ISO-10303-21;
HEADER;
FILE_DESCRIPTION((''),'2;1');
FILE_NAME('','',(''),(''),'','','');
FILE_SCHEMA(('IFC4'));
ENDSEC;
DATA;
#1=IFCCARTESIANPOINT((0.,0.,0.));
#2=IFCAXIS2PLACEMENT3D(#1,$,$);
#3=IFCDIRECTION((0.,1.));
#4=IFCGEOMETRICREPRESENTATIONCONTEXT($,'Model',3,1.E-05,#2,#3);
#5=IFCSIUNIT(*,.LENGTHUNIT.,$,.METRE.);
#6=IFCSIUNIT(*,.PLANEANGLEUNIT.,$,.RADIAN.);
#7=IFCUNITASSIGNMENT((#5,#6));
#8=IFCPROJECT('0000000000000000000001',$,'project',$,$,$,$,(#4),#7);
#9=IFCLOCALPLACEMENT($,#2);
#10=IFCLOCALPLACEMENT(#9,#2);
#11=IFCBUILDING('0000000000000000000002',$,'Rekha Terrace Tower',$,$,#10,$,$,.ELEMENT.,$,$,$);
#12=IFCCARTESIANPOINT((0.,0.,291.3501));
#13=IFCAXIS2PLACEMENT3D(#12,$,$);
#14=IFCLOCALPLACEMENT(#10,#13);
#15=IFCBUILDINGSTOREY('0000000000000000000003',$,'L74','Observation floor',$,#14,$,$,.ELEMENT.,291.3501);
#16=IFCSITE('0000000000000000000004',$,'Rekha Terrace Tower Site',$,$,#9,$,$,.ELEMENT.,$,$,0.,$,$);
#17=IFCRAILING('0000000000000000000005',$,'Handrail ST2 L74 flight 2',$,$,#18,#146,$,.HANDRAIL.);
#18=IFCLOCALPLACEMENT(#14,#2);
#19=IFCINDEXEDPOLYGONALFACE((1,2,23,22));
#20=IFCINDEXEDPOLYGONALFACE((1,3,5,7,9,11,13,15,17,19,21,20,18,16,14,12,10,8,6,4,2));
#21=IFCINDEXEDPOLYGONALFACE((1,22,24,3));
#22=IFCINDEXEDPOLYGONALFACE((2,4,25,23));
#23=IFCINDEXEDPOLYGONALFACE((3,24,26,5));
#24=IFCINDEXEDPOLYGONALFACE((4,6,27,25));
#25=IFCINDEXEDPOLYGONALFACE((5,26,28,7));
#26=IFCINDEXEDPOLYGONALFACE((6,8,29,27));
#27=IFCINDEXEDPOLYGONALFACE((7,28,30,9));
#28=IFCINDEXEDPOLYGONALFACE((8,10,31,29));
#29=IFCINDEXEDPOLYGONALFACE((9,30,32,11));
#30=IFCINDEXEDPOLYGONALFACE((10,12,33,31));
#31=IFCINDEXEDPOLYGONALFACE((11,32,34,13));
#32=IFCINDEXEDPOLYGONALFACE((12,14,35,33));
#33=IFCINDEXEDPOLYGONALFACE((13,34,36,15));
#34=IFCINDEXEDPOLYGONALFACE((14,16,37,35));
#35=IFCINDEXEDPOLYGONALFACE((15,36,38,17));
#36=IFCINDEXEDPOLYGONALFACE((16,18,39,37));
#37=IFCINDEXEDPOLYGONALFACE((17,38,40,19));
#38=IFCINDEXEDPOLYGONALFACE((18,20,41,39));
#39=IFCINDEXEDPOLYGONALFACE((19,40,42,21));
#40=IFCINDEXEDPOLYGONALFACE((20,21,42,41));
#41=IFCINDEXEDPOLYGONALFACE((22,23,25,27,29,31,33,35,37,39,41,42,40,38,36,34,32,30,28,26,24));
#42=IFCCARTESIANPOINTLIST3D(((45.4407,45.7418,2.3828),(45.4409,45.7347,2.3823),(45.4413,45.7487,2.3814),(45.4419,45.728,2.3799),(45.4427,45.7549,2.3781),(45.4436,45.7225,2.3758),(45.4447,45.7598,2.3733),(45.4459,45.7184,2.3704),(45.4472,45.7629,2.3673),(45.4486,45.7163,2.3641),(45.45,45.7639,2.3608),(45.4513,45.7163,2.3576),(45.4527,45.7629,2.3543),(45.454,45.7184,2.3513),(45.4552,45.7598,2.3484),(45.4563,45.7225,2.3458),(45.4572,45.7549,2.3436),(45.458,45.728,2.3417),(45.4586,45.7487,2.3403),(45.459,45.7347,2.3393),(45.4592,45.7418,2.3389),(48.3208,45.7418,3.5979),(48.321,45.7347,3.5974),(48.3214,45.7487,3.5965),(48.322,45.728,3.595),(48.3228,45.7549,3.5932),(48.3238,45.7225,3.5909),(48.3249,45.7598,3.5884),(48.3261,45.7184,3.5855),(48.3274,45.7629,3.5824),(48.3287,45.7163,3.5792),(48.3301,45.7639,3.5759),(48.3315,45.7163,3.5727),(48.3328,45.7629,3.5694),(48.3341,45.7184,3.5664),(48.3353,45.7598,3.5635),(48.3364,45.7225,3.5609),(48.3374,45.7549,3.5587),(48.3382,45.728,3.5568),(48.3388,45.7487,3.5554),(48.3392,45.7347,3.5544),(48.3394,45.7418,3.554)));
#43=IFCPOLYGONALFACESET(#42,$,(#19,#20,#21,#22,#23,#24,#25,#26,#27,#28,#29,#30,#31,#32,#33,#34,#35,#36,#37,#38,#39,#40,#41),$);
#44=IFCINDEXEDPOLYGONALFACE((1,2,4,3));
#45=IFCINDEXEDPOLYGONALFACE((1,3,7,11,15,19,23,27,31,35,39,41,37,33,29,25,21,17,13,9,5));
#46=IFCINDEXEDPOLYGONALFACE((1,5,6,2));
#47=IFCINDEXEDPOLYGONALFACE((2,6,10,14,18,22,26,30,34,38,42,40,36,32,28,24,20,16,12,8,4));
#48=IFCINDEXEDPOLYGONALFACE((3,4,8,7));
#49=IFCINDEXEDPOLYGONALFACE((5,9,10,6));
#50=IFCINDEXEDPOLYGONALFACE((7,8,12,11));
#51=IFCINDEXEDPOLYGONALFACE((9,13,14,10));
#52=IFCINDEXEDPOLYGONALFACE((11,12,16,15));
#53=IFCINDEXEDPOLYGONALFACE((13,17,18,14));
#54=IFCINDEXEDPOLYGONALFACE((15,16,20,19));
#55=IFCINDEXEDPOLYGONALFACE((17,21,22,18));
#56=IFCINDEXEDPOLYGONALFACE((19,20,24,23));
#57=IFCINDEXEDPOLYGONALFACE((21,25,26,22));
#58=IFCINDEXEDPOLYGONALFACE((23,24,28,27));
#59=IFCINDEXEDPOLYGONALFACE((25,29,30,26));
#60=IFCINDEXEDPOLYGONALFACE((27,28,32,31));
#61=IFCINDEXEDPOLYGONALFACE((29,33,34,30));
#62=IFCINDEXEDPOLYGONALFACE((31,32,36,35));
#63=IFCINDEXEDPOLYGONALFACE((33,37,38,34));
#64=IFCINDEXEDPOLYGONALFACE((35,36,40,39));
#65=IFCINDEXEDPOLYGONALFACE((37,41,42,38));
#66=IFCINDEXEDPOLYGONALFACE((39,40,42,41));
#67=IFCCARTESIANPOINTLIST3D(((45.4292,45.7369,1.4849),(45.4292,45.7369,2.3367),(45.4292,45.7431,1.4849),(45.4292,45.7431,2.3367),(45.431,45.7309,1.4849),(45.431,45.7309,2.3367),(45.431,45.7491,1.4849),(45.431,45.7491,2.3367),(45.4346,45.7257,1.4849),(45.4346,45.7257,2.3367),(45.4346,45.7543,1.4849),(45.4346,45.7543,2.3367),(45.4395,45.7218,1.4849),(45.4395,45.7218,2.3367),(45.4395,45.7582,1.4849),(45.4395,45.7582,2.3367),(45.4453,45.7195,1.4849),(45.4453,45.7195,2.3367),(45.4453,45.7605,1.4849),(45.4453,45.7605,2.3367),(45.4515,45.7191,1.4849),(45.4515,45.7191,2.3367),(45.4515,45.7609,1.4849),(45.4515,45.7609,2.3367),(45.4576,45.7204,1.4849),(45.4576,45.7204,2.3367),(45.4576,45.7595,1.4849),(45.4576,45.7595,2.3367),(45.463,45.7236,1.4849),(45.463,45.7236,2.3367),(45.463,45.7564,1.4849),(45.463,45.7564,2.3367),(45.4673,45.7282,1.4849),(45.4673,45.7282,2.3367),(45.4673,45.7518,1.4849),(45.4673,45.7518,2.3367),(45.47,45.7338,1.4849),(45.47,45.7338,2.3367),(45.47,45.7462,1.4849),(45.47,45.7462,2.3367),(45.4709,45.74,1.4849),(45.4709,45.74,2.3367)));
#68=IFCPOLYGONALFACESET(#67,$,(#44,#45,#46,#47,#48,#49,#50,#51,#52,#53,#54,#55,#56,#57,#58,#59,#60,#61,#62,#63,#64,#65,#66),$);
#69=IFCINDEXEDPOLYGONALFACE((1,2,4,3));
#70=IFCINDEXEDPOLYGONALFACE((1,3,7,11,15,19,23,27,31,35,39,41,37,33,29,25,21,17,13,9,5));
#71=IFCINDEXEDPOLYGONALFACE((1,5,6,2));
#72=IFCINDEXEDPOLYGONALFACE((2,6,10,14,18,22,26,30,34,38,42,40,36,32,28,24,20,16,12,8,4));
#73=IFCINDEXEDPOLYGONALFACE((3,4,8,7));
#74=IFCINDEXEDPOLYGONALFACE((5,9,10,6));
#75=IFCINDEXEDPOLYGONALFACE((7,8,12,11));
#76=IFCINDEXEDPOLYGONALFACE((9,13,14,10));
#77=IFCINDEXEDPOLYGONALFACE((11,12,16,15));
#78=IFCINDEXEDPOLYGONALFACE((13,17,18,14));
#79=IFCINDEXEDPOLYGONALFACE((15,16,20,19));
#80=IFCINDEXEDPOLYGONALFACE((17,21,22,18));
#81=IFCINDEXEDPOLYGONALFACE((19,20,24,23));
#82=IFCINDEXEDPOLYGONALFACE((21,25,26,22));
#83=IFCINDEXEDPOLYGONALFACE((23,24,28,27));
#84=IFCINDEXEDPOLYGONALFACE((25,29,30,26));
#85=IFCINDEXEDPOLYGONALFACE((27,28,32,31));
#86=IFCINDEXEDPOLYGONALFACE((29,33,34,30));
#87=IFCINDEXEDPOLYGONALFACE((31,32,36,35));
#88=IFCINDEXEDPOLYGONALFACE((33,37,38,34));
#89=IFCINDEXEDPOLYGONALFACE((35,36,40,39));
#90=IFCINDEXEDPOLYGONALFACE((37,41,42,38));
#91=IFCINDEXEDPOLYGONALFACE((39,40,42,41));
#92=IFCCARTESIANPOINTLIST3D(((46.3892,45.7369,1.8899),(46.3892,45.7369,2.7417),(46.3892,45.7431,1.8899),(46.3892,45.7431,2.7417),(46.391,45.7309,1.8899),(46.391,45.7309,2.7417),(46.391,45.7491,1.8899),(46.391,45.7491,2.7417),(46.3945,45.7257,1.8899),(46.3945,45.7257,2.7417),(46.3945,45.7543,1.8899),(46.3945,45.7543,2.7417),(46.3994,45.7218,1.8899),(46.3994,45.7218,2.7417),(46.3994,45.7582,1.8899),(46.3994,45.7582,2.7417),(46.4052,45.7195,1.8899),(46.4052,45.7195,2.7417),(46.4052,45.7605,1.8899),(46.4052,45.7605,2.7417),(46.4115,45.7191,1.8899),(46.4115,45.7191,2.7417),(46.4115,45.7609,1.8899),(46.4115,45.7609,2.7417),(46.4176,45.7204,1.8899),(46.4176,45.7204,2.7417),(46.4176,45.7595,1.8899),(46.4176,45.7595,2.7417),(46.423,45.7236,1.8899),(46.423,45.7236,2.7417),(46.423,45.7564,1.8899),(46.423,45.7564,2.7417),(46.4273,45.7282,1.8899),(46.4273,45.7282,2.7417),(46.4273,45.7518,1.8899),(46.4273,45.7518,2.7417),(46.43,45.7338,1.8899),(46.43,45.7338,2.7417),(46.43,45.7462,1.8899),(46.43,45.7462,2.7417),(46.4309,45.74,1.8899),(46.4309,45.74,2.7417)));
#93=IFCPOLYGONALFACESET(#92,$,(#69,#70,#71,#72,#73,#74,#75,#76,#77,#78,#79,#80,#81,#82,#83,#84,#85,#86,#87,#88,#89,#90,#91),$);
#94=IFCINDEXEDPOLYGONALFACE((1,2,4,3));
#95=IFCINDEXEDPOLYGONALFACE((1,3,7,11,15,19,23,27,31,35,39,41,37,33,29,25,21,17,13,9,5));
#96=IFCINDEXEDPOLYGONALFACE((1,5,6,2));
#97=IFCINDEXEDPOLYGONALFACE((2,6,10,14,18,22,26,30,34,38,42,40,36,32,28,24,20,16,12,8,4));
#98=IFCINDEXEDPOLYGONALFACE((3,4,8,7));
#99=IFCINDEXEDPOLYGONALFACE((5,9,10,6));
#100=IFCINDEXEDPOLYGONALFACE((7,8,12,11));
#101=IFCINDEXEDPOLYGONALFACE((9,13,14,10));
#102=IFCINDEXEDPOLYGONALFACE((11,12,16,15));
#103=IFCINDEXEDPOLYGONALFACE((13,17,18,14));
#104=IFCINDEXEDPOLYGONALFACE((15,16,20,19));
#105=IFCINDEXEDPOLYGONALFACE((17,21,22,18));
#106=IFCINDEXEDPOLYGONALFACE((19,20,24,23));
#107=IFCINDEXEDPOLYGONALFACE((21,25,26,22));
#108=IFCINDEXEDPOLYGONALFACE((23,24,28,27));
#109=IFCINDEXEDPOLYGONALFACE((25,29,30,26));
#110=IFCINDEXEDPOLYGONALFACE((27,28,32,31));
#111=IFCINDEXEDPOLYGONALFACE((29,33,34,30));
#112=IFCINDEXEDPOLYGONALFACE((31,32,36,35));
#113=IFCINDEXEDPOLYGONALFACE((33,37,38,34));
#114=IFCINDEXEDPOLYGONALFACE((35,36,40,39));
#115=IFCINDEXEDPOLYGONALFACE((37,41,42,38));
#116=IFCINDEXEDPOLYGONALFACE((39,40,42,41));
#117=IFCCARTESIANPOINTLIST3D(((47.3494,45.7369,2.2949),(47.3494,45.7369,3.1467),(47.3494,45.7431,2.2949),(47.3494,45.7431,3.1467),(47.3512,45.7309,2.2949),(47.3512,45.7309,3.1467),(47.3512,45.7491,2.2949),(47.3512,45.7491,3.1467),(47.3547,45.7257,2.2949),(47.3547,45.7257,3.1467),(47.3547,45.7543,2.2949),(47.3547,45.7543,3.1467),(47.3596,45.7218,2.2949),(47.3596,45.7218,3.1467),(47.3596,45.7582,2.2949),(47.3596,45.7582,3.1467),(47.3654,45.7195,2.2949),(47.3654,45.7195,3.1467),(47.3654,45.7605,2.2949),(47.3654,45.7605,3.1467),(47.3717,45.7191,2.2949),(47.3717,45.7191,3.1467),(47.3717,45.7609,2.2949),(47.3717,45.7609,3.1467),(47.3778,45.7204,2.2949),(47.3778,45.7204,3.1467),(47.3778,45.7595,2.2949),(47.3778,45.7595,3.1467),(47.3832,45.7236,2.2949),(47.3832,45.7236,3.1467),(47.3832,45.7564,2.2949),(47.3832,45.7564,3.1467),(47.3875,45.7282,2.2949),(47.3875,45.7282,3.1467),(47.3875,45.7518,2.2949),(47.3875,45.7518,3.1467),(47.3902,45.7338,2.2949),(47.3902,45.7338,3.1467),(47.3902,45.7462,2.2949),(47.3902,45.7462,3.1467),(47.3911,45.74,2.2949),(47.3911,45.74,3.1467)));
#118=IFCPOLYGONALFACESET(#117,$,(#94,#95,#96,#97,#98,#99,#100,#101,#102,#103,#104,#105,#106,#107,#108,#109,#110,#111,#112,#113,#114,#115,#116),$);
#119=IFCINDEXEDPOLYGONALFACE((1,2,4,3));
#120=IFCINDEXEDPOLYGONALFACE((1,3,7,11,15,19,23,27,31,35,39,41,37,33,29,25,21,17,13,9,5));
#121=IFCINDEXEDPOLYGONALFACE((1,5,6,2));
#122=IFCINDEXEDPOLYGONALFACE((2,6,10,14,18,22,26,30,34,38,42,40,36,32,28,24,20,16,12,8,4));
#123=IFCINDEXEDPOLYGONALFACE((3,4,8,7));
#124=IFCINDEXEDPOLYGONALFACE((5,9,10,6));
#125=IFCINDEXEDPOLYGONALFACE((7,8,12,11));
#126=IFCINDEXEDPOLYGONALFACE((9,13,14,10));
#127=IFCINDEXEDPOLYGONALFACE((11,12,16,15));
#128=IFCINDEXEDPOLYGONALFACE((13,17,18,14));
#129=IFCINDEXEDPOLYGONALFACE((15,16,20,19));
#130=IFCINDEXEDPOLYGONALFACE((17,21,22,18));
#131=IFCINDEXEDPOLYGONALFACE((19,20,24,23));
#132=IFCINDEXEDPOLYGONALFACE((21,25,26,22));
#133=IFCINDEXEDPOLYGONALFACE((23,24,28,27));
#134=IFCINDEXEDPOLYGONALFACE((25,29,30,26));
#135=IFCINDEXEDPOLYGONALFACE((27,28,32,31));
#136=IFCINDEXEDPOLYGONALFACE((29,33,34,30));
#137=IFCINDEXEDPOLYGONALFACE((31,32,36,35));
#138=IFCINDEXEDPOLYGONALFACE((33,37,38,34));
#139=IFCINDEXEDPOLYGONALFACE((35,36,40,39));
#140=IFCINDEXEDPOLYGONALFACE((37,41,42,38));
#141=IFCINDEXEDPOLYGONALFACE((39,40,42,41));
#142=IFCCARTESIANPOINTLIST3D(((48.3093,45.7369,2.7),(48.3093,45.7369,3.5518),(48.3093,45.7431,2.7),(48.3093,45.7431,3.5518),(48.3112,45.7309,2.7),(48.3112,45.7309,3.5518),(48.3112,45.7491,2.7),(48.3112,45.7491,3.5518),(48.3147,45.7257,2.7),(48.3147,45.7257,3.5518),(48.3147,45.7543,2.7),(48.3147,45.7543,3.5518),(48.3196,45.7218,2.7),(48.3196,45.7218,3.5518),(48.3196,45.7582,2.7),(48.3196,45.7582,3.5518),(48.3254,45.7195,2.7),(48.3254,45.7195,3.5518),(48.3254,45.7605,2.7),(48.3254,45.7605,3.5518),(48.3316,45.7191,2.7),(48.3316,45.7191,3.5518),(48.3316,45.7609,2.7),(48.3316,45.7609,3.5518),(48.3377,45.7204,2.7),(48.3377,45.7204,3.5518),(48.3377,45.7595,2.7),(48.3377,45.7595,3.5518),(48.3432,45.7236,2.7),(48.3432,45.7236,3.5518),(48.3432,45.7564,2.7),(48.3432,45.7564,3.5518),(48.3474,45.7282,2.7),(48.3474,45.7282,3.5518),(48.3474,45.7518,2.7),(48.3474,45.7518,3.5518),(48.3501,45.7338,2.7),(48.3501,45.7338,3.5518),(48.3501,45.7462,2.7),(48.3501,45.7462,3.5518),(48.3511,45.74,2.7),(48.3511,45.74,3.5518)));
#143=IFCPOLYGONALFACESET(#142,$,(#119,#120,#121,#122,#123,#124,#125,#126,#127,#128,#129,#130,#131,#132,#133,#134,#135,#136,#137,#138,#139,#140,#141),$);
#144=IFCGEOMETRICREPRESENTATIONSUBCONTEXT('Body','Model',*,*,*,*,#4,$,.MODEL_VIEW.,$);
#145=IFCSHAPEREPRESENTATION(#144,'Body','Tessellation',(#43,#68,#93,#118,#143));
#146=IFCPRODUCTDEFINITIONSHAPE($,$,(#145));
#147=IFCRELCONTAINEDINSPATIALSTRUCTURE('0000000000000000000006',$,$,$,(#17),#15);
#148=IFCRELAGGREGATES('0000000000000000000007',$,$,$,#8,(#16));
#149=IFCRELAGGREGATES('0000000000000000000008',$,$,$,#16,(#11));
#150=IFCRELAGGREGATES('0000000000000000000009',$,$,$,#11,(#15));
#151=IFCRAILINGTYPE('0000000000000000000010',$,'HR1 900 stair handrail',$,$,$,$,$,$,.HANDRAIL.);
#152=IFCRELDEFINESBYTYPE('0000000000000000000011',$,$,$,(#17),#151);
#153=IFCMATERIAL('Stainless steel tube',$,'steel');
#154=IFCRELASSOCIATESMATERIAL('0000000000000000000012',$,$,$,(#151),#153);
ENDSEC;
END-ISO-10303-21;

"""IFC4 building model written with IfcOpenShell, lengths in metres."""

from ifc_helpers import new_model, si_unit, direction, frame, origin, origin_2d, place, context, subcontext, project, spatial, circle, extrude, material, type_object, element, save


model = new_model("IFC4")

# Units and contexts
model_context = context("Model", 3, precision=1e-05, world=origin(), true_north=direction((0.0, 1.0)))
body_context = subcontext(model_context, "Body", "Model", "MODEL_VIEW")
ifc_project = project(units=[si_unit("LENGTHUNIT", "METRE"), si_unit("PLANEANGLEUNIT", "RADIAN")], contexts=[model_context])

# Site, building, storey
site_placement = place(None, origin())
site = spatial("IfcSite", under=ifc_project, at=site_placement, Name="Rekha Terrace Tower Site", CompositionType="ELEMENT", RefElevation=0.0)
building_placement = place(site_placement, origin())
building = spatial("IfcBuilding", under=site, at=building_placement, Name="Rekha Terrace Tower", CompositionType="ELEMENT")
storey_placement = place(building_placement, frame((0.0, 0.0, 291.3501)))
storey = spatial("IfcBuildingStorey", under=building, at=storey_placement, Name="L74", Description="Observation floor", CompositionType="ELEMENT", Elevation=291.3501)

# Railing
ifc_material_1 = material(Name="Stainless steel tube", Category="steel")
railing_type_1 = type_object("IfcRailingType", Name="HR1 900 stair handrail", PredefinedType="HANDRAIL", material=ifc_material_1)
railing_1_placement = place(storey_placement, frame((45.45, 45.74, 1.4849)))
element("IfcRailing", 1, at=railing_1_placement, inside=storey, type_object=railing_type_1, Name="Handrail ST2 L74 flight 2", PredefinedType="HANDRAIL", context=body_context, shape_type="SweptSolid", body=[
    extrude(circle(Radius=0.0239, at=origin_2d()), frame((0.0, 0.0, 0.876), z_axis=(0.92136, 0.0, 0.38871), x_axis=(0.0, 1.0, 0.0)), (0.0, 0.0, 1.0), 3.126),
    extrude(circle(Radius=0.021, at=origin_2d()), origin(), (0.0, 0.0, 1.0), 0.8518),
    extrude(circle(Radius=0.021, at=origin_2d()), frame((0.96, 0.0, 0.405)), (0.0, 0.0, 1.0), 0.8518),
    extrude(circle(Radius=0.021, at=origin_2d()), frame((1.9202, 0.0, 0.8101)), (0.0, 0.0, 1.0), 0.8518),
    extrude(circle(Radius=0.021, at=origin_2d()), frame((2.8801, 0.0, 1.2151)), (0.0, 0.0, 1.0), 0.8518),
])

save(model, "model.ifc")
